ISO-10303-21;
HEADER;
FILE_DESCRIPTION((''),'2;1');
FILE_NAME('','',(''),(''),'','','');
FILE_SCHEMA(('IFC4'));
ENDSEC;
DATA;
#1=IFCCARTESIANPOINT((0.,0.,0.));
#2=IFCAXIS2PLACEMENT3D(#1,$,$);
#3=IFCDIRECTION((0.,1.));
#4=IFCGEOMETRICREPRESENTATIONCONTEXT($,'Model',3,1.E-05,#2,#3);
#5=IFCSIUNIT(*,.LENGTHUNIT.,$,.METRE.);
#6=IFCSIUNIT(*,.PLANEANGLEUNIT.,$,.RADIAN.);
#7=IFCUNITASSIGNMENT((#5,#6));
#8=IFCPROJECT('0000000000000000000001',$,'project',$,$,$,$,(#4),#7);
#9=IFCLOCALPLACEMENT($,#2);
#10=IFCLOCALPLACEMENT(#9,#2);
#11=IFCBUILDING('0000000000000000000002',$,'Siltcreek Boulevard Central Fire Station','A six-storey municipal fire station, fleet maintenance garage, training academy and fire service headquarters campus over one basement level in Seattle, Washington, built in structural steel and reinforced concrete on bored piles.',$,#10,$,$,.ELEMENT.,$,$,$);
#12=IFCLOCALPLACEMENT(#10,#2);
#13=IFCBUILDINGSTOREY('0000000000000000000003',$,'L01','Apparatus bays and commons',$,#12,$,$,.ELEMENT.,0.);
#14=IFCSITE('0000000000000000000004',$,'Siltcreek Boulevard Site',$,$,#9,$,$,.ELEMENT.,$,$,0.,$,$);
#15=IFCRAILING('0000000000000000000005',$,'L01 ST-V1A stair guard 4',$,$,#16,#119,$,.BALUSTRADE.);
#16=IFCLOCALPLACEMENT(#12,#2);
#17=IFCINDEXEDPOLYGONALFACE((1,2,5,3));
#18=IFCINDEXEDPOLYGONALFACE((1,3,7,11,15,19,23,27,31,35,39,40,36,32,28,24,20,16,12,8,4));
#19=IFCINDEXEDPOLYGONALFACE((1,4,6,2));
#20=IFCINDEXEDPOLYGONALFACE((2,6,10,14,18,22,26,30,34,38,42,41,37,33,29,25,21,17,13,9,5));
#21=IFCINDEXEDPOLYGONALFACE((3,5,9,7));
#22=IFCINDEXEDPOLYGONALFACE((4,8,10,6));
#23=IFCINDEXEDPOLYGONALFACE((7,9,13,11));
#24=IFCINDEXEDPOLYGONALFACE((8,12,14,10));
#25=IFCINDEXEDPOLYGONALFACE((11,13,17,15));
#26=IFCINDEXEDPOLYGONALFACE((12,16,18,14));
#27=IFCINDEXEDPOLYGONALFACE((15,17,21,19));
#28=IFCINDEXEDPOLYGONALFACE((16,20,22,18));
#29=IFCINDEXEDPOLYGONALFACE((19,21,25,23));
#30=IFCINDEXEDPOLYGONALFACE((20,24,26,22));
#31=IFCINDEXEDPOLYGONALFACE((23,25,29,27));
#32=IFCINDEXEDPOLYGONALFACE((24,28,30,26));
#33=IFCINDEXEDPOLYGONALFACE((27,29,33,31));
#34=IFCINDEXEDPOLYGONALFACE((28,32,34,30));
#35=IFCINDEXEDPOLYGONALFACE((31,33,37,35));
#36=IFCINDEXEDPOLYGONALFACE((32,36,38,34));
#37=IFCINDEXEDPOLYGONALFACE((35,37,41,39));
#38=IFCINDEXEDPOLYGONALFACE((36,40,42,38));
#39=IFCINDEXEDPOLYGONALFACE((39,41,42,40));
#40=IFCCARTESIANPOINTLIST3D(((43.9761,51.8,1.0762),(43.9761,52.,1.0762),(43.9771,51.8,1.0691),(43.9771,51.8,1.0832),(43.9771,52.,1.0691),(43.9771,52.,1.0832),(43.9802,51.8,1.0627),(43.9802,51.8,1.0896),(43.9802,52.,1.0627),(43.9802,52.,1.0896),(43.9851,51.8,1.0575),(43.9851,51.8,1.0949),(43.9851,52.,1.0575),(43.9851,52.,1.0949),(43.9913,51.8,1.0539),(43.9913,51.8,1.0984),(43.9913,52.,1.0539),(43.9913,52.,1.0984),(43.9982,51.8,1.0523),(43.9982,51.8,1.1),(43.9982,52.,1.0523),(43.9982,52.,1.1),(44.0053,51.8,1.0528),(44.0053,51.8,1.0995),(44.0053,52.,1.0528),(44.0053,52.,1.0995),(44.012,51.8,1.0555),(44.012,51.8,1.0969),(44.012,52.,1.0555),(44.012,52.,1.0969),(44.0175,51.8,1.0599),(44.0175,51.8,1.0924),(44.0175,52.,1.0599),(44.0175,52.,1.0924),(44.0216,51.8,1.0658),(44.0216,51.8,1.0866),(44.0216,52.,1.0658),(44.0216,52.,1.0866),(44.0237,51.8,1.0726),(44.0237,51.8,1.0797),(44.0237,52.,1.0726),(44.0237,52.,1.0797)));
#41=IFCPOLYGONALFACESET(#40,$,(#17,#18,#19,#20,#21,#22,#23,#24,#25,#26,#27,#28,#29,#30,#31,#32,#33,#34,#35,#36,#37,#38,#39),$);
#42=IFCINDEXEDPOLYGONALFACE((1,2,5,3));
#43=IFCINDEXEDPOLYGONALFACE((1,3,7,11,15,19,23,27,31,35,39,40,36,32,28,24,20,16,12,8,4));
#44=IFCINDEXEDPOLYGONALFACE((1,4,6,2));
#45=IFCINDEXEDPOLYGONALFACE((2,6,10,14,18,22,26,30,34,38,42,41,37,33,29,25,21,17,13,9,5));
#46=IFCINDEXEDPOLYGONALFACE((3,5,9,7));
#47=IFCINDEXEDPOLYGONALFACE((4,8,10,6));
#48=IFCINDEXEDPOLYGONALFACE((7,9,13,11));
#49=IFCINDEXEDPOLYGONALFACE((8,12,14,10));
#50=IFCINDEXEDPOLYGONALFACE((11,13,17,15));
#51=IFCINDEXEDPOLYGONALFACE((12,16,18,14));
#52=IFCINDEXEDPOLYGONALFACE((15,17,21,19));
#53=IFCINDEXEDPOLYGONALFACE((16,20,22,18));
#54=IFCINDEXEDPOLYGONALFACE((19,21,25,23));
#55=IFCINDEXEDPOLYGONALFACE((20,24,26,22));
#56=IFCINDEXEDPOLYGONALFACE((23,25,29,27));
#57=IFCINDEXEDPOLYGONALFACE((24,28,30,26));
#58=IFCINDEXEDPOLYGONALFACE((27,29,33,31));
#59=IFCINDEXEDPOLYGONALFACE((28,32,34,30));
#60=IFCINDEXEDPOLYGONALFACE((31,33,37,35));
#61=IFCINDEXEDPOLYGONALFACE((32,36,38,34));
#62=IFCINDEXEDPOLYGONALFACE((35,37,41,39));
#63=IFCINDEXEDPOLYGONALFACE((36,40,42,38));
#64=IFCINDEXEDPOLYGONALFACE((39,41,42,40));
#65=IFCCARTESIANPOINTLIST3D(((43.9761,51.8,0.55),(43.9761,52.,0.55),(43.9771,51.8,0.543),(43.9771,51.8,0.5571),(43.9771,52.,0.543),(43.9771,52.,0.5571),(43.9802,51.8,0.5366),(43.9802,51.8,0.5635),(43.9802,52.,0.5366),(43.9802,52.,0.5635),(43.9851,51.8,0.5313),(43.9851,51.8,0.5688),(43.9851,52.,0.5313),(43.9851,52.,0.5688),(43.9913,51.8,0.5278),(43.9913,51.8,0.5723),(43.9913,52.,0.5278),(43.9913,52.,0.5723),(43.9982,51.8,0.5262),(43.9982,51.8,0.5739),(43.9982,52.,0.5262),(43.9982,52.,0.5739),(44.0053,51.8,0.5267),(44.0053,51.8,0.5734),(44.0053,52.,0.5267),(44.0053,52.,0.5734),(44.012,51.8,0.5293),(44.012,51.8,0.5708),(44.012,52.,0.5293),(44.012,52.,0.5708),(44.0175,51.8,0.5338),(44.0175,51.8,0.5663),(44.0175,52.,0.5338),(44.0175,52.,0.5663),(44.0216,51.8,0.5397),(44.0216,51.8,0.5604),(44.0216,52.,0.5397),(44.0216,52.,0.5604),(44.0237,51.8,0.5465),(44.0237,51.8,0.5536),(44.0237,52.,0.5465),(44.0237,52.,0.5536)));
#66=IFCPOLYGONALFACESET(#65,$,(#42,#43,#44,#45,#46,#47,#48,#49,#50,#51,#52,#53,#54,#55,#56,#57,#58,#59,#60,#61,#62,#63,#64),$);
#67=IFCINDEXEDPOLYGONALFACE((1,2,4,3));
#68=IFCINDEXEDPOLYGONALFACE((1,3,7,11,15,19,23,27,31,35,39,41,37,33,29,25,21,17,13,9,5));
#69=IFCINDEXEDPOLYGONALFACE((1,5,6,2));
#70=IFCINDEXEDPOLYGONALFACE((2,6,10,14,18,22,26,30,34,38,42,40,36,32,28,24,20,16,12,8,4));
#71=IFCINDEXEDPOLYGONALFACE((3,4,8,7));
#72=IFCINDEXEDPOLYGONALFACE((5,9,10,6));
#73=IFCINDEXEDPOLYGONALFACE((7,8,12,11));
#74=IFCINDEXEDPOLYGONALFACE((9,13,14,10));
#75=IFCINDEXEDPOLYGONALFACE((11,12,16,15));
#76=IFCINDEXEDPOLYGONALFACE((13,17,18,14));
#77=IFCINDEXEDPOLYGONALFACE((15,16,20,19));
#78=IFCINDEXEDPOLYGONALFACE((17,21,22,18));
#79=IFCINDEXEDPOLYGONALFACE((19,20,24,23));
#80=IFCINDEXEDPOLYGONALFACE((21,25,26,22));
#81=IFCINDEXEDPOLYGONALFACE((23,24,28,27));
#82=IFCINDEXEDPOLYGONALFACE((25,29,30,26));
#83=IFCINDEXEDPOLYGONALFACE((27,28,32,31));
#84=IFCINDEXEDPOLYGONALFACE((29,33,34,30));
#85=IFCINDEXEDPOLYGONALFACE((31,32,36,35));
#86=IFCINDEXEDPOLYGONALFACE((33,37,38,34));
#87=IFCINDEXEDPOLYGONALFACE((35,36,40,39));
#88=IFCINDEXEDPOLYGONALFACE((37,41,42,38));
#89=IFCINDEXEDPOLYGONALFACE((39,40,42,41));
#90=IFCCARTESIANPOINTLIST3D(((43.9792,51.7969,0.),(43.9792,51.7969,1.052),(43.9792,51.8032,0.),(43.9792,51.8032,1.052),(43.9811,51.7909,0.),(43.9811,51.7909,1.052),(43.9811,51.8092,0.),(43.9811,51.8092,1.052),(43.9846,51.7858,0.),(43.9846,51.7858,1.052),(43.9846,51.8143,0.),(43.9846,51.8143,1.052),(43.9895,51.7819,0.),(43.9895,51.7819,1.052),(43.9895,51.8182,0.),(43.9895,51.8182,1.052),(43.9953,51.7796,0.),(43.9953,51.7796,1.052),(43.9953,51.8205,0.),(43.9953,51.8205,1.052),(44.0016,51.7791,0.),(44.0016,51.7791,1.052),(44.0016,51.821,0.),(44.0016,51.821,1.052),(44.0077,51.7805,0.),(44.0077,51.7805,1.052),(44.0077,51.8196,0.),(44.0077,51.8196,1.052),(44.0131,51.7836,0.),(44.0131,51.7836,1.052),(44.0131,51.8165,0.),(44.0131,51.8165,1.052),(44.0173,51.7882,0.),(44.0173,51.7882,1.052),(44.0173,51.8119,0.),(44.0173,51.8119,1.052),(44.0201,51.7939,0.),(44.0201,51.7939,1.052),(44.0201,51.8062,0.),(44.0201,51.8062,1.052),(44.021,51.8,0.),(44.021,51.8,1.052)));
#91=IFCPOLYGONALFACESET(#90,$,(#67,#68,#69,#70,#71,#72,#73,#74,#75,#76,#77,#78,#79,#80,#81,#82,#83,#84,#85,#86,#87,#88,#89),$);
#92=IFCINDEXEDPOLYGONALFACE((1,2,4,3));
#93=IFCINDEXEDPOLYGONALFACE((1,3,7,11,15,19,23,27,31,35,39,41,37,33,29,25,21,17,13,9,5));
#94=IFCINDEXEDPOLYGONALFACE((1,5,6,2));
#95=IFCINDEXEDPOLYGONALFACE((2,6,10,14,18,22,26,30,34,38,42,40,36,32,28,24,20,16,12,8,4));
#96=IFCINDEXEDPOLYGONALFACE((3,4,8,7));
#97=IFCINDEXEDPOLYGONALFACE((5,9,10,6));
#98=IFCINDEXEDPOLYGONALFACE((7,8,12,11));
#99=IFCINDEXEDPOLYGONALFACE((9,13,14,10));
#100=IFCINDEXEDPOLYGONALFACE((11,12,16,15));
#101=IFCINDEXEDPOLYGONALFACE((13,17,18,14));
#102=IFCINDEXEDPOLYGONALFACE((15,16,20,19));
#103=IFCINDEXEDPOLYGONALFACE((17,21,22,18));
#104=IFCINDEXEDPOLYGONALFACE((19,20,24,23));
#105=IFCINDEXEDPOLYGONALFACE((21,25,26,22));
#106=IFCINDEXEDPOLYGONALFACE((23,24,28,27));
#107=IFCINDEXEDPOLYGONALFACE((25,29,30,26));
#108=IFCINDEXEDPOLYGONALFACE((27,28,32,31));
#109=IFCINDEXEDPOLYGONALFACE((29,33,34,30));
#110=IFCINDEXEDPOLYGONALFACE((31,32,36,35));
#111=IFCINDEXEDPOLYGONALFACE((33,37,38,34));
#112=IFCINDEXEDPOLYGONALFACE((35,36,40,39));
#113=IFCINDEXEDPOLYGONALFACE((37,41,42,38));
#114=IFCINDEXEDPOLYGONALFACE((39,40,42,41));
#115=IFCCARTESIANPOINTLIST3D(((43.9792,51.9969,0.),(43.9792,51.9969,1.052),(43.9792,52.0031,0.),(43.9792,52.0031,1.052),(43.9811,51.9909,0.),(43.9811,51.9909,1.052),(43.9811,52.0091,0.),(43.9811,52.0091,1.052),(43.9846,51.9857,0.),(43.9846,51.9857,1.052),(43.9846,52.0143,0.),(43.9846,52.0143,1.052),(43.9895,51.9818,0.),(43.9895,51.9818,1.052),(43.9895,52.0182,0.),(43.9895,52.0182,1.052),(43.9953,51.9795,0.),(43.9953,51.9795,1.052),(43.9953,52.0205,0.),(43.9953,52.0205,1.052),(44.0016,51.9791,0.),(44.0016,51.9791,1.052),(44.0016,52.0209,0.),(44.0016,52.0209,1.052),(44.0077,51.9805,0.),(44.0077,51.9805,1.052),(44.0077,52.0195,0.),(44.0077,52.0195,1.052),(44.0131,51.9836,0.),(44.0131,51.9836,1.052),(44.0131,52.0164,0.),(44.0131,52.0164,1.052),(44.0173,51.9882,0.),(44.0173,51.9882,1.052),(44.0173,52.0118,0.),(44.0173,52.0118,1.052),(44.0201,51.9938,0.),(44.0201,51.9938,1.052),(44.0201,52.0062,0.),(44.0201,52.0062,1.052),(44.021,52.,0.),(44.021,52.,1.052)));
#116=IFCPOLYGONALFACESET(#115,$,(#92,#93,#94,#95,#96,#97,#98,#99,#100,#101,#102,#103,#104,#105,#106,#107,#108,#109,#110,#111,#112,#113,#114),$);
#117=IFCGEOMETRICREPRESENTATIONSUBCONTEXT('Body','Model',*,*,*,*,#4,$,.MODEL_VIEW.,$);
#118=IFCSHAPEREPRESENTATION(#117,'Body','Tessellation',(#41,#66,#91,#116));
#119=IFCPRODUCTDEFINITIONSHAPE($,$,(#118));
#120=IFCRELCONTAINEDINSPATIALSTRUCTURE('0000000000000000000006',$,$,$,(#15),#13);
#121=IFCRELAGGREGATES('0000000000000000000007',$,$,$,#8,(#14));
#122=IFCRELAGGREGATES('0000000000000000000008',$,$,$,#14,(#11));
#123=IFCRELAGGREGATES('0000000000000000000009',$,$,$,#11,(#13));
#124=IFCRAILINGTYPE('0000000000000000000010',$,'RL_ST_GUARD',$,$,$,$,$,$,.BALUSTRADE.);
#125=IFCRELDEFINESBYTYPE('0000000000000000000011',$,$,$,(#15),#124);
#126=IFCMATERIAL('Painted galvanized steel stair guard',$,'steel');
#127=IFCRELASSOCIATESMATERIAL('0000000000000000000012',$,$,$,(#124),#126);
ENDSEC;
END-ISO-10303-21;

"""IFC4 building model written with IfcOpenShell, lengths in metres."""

from ifc_helpers import new_model, si_unit, direction, frame, origin, origin_2d, place, context, subcontext, project, spatial, circle, extrude, material, type_object, element, save


model = new_model("IFC4")

# Units and contexts
model_context = context("Model", 3, precision=1e-05, world=origin(), true_north=direction((0.0, 1.0)))
body_context = subcontext(model_context, "Body", "Model", "MODEL_VIEW")
ifc_project = project(units=[si_unit("LENGTHUNIT", "METRE"), si_unit("PLANEANGLEUNIT", "RADIAN")], contexts=[model_context])

# Site, building, storey
site_placement = place(None, origin())
site = spatial("IfcSite", under=ifc_project, at=site_placement, Name="Siltcreek Boulevard Site", CompositionType="ELEMENT", RefElevation=0.0)
building_placement = place(site_placement, origin())
building = spatial("IfcBuilding", under=site, at=building_placement, Name="Siltcreek Boulevard Central Fire Station", Description="A six-storey municipal fire station, fleet maintenance garage, training academy and fire service headquarters campus over one basement level in Seattle, Washington, built in structural steel and reinforced concrete on bored piles.", CompositionType="ELEMENT")
storey_placement = place(building_placement, origin())
storey = spatial("IfcBuildingStorey", under=building, at=storey_placement, Name="L01", Description="Apparatus bays and commons", CompositionType="ELEMENT", Elevation=0.0)

# Railing
ifc_material_1 = material(Name="Painted galvanized steel stair guard", Category="steel")
railing_type_1 = type_object("IfcRailingType", Name="RL_ST_GUARD", PredefinedType="BALUSTRADE", material=ifc_material_1)
railing_1_placement = place(storey_placement, frame((44.0, 51.8, 0.0)))
element("IfcRailing", 1, at=railing_1_placement, inside=storey, type_object=railing_type_1, Name="L01 ST-V1A stair guard 4", PredefinedType="BALUSTRADE", context=body_context, shape_type="SweptSolid", body=[
    extrude(circle(Radius=0.0239, at=origin_2d()), frame((0.0, 0.0, 1.0762), z_axis=(0.0, 1.0, 0.0), x_axis=(-1.0, 0.0, 0.0)), (0.0, 0.0, 1.0), 0.2),
    extrude(circle(Radius=0.0239, at=origin_2d()), frame((0.0, 0.0, 0.55), z_axis=(0.0, 1.0, 0.0), x_axis=(-1.0, 0.0, 0.0)), (0.0, 0.0, 1.0), 0.2),
    extrude(circle(Radius=0.021, at=origin_2d()), origin(), (0.0, 0.0, 1.0), 1.052),
    extrude(circle(Radius=0.021, at=origin_2d()), frame((0.0, 0.2, 0.0)), (0.0, 0.0, 1.0), 1.052),
])

save(model, "model.ifc")
